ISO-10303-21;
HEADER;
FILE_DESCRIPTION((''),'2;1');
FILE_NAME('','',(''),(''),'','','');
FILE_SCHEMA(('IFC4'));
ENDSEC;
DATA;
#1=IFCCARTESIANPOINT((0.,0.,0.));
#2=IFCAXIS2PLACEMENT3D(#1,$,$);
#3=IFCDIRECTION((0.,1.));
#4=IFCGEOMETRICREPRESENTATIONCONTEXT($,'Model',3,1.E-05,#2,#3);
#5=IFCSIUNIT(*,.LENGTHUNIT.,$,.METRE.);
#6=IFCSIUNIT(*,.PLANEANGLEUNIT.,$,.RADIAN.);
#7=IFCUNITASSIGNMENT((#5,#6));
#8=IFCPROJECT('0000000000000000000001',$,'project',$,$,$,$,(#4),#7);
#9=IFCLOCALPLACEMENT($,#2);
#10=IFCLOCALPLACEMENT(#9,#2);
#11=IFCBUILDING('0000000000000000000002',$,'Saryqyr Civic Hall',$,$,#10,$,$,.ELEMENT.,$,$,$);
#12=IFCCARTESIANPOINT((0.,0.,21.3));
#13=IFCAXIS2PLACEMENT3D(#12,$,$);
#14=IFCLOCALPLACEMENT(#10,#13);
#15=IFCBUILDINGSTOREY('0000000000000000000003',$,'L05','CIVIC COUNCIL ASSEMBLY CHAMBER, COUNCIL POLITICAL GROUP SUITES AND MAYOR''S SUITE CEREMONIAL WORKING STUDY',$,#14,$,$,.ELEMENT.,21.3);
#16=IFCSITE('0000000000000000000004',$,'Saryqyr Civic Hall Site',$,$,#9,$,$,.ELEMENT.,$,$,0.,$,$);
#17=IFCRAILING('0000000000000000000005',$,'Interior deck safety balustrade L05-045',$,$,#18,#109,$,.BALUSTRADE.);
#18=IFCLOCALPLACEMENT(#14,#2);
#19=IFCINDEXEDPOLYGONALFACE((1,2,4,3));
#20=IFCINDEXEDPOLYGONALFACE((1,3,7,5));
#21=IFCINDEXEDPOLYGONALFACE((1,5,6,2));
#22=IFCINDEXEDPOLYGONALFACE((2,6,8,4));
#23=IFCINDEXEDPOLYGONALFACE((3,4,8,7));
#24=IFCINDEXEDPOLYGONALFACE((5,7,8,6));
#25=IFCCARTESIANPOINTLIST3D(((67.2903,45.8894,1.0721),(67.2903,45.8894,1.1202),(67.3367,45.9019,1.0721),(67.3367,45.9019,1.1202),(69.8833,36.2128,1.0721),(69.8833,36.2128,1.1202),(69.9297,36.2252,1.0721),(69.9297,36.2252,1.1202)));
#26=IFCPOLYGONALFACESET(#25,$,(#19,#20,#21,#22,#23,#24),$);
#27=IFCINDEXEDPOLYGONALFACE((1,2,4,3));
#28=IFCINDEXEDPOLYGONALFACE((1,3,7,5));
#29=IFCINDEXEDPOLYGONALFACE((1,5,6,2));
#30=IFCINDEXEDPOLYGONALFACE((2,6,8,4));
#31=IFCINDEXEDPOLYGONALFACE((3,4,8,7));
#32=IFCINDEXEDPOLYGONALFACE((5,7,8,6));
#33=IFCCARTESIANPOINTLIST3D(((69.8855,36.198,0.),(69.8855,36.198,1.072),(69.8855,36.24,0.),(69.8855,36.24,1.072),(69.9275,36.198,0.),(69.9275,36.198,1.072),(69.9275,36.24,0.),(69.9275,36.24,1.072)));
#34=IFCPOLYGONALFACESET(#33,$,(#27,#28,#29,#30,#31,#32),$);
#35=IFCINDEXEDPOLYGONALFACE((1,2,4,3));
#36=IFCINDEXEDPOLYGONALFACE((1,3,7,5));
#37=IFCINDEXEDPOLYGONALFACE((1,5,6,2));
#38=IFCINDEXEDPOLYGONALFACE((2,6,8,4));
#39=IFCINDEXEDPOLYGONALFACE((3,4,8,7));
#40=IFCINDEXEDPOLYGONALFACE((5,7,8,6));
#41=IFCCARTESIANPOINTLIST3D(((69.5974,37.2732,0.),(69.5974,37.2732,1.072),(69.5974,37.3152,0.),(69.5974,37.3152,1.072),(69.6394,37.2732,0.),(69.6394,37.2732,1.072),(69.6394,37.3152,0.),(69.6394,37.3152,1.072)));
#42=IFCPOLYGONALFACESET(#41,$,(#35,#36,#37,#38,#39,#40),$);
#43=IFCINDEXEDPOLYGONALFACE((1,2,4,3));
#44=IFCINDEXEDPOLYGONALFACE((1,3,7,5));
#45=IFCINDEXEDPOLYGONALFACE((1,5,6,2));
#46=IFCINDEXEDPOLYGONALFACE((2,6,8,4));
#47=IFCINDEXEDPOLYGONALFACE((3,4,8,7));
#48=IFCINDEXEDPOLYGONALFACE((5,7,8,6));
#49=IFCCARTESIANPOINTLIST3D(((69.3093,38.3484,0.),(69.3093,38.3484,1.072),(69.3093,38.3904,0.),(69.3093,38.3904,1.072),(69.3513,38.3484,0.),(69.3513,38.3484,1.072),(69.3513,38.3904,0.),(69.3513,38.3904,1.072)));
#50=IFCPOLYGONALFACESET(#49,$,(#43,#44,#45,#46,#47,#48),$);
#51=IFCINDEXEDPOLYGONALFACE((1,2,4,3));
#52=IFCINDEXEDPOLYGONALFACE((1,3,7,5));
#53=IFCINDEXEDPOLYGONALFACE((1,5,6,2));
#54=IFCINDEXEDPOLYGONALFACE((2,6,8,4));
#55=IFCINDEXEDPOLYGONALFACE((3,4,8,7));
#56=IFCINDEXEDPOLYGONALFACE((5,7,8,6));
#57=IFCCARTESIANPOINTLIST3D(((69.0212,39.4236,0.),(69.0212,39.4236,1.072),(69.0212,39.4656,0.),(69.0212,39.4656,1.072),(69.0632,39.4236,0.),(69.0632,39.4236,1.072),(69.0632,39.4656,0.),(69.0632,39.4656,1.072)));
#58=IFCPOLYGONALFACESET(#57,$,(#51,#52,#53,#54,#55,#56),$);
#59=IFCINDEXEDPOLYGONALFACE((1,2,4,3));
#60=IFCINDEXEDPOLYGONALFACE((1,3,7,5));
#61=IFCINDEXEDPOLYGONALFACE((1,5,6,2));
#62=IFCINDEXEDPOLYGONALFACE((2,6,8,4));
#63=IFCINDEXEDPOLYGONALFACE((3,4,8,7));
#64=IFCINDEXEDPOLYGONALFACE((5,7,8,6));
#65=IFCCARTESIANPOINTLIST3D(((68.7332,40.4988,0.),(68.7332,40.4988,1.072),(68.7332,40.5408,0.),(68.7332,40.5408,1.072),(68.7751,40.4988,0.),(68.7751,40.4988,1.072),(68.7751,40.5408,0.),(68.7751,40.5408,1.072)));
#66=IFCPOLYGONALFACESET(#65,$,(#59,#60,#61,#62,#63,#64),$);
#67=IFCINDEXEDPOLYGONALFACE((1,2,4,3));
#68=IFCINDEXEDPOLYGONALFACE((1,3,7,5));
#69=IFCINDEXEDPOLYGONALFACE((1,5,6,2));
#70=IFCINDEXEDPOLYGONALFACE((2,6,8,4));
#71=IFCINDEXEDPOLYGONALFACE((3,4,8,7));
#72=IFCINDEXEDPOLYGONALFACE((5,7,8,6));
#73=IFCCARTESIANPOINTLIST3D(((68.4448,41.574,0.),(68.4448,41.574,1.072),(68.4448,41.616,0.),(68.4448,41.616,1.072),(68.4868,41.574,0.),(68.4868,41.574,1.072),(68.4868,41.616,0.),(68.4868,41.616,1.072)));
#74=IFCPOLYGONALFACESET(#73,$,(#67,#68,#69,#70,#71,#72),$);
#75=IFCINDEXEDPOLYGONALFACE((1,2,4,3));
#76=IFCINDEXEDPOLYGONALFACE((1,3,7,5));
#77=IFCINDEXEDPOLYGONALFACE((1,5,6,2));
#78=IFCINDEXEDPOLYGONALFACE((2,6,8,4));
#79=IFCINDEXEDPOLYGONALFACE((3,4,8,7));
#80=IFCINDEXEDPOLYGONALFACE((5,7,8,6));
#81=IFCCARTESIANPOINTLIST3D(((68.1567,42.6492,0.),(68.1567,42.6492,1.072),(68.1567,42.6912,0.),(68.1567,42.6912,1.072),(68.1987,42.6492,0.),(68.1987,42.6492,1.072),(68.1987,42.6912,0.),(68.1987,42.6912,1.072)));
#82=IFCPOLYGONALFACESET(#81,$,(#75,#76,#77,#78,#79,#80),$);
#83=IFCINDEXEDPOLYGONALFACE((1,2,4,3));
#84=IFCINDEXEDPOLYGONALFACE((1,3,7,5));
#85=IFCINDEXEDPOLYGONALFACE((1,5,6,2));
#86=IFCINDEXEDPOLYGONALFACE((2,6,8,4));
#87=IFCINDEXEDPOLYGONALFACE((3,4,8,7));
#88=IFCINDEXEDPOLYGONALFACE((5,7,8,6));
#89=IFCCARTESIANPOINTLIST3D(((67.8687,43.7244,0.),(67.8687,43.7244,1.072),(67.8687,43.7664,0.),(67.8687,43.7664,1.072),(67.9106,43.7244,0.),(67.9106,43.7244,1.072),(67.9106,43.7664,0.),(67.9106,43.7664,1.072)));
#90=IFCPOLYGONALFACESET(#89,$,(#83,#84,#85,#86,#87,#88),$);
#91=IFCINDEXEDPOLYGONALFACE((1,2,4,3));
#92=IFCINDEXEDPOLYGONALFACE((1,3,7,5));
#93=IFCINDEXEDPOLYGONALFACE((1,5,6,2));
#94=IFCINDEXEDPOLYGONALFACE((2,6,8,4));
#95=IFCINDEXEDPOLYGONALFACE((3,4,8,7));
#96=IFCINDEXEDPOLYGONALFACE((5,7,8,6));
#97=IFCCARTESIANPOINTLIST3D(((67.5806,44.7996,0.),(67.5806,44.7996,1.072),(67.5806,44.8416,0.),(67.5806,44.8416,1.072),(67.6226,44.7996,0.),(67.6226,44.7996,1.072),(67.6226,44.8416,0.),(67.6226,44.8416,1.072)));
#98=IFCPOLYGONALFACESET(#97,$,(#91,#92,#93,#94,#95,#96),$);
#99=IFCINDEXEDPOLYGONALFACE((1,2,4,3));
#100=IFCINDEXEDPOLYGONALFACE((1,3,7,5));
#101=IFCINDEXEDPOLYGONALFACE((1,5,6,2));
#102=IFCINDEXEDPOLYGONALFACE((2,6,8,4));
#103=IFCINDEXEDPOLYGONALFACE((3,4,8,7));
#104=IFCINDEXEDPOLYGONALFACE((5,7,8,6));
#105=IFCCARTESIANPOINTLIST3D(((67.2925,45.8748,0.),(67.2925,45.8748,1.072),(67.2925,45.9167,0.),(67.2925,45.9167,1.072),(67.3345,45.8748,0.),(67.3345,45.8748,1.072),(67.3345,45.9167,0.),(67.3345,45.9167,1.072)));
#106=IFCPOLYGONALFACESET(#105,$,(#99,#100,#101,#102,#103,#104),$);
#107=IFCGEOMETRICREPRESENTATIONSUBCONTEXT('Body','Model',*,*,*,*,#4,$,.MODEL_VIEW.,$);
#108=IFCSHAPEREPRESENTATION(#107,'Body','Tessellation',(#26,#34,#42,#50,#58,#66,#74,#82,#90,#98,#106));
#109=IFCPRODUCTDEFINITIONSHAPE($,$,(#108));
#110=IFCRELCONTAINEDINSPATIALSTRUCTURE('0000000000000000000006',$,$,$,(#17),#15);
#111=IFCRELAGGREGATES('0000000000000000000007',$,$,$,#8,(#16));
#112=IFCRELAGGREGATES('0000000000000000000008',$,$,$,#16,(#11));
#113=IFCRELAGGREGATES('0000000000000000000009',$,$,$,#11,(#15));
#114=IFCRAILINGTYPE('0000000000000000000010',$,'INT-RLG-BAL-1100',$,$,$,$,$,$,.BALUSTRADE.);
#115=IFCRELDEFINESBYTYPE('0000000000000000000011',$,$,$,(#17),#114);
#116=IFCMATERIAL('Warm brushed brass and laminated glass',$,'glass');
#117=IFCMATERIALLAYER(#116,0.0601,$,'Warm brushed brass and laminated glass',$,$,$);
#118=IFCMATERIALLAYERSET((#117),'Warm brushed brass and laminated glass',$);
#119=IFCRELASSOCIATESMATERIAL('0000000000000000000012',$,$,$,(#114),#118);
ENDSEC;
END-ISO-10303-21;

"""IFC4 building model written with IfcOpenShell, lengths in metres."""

from ifc_helpers import new_model, si_unit, direction, frame, origin, origin_2d, place, context, subcontext, project, spatial, rectangle, extrude, material, layer, layer_set, type_object, element, save


model = new_model("IFC4")

# Units and contexts
model_context = context("Model", 3, precision=1e-05, world=origin(), true_north=direction((0.0, 1.0)))
body_context = subcontext(model_context, "Body", "Model", "MODEL_VIEW")
ifc_project = project(units=[si_unit("LENGTHUNIT", "METRE"), si_unit("PLANEANGLEUNIT", "RADIAN")], contexts=[model_context])

# Site, building, storey
site_placement = place(None, origin())
site = spatial("IfcSite", under=ifc_project, at=site_placement, Name="Saryqyr Civic Hall Site", CompositionType="ELEMENT", RefElevation=0.0)
building_placement = place(site_placement, origin())
building = spatial("IfcBuilding", under=site, at=building_placement, Name="Saryqyr Civic Hall", CompositionType="ELEMENT")
storey_placement = place(building_placement, frame((0.0, 0.0, 21.3)))
storey = spatial("IfcBuildingStorey", under=building, at=storey_placement, Name="L05", Description="CIVIC COUNCIL ASSEMBLY CHAMBER, COUNCIL POLITICAL GROUP SUITES AND MAYOR'S SUITE CEREMONIAL WORKING STUDY", CompositionType="ELEMENT", Elevation=21.3)

# Railing
ifc_material_1 = material(Name="Warm brushed brass and laminated glass", Category="glass")
ifc_layer_1 = layer(ifc_material_1, 0.0601, Name="Warm brushed brass and laminated glass")
ifc_layer_set_1 = layer_set([ifc_layer_1], Name="Warm brushed brass and laminated glass")
railing_type = type_object("IfcRailingType", Name="INT-RLG-BAL-1100", PredefinedType="BALUSTRADE", material=ifc_layer_set_1)
railing_1_placement = place(storey_placement, frame((69.9065, 36.219, 0.0)))
element("IfcRailing", 1, at=railing_1_placement, inside=storey, type_object=railing_type, Name="Interior deck safety balustrade L05-045", PredefinedType="BALUSTRADE", context=body_context, shape_type="SweptSolid", body=[
    extrude(rectangle(XDim=0.0481, YDim=0.0481, at=origin_2d()), frame((0.0, 0.0, 1.0962), z_axis=(-0.258832, 0.965922, 0.0), x_axis=(-0.965922, -0.258832, 0.0)), (0.0, 0.0, 1.0), 10.0181),
    extrude(rectangle(XDim=0.042, YDim=0.042, at=origin_2d()), origin(), (0.0, 0.0, 1.0), 1.072),
    extrude(rectangle(XDim=0.042, YDim=0.042, at=origin_2d()), frame((-0.2881, 1.0752, 0.0)), (0.0, 0.0, 1.0), 1.072),
    extrude(rectangle(XDim=0.042, YDim=0.042, at=origin_2d()), frame((-0.5762, 2.1504, 0.0)), (0.0, 0.0, 1.0), 1.072),
    extrude(rectangle(XDim=0.042, YDim=0.042, at=origin_2d()), frame((-0.8643, 3.2256, 0.0)), (0.0, 0.0, 1.0), 1.072),
    extrude(rectangle(XDim=0.042, YDim=0.042, at=origin_2d()), frame((-1.1523, 4.3008, 0.0)), (0.0, 0.0, 1.0), 1.072),
    extrude(rectangle(XDim=0.042, YDim=0.042, at=origin_2d()), frame((-1.4407, 5.376, 0.0)), (0.0, 0.0, 1.0), 1.072),
    extrude(rectangle(XDim=0.042, YDim=0.042, at=origin_2d()), frame((-1.7288, 6.4512, 0.0)), (0.0, 0.0, 1.0), 1.072),
    extrude(rectangle(XDim=0.042, YDim=0.042, at=origin_2d()), frame((-2.0168, 7.5264, 0.0)), (0.0, 0.0, 1.0), 1.072),
    extrude(rectangle(XDim=0.042, YDim=0.042, at=origin_2d()), frame((-2.3049, 8.6016, 0.0)), (0.0, 0.0, 1.0), 1.072),
    extrude(rectangle(XDim=0.042, YDim=0.042, at=origin_2d()), frame((-2.593, 9.6768, 0.0)), (0.0, 0.0, 1.0), 1.072),
])

save(model, "model.ifc")
